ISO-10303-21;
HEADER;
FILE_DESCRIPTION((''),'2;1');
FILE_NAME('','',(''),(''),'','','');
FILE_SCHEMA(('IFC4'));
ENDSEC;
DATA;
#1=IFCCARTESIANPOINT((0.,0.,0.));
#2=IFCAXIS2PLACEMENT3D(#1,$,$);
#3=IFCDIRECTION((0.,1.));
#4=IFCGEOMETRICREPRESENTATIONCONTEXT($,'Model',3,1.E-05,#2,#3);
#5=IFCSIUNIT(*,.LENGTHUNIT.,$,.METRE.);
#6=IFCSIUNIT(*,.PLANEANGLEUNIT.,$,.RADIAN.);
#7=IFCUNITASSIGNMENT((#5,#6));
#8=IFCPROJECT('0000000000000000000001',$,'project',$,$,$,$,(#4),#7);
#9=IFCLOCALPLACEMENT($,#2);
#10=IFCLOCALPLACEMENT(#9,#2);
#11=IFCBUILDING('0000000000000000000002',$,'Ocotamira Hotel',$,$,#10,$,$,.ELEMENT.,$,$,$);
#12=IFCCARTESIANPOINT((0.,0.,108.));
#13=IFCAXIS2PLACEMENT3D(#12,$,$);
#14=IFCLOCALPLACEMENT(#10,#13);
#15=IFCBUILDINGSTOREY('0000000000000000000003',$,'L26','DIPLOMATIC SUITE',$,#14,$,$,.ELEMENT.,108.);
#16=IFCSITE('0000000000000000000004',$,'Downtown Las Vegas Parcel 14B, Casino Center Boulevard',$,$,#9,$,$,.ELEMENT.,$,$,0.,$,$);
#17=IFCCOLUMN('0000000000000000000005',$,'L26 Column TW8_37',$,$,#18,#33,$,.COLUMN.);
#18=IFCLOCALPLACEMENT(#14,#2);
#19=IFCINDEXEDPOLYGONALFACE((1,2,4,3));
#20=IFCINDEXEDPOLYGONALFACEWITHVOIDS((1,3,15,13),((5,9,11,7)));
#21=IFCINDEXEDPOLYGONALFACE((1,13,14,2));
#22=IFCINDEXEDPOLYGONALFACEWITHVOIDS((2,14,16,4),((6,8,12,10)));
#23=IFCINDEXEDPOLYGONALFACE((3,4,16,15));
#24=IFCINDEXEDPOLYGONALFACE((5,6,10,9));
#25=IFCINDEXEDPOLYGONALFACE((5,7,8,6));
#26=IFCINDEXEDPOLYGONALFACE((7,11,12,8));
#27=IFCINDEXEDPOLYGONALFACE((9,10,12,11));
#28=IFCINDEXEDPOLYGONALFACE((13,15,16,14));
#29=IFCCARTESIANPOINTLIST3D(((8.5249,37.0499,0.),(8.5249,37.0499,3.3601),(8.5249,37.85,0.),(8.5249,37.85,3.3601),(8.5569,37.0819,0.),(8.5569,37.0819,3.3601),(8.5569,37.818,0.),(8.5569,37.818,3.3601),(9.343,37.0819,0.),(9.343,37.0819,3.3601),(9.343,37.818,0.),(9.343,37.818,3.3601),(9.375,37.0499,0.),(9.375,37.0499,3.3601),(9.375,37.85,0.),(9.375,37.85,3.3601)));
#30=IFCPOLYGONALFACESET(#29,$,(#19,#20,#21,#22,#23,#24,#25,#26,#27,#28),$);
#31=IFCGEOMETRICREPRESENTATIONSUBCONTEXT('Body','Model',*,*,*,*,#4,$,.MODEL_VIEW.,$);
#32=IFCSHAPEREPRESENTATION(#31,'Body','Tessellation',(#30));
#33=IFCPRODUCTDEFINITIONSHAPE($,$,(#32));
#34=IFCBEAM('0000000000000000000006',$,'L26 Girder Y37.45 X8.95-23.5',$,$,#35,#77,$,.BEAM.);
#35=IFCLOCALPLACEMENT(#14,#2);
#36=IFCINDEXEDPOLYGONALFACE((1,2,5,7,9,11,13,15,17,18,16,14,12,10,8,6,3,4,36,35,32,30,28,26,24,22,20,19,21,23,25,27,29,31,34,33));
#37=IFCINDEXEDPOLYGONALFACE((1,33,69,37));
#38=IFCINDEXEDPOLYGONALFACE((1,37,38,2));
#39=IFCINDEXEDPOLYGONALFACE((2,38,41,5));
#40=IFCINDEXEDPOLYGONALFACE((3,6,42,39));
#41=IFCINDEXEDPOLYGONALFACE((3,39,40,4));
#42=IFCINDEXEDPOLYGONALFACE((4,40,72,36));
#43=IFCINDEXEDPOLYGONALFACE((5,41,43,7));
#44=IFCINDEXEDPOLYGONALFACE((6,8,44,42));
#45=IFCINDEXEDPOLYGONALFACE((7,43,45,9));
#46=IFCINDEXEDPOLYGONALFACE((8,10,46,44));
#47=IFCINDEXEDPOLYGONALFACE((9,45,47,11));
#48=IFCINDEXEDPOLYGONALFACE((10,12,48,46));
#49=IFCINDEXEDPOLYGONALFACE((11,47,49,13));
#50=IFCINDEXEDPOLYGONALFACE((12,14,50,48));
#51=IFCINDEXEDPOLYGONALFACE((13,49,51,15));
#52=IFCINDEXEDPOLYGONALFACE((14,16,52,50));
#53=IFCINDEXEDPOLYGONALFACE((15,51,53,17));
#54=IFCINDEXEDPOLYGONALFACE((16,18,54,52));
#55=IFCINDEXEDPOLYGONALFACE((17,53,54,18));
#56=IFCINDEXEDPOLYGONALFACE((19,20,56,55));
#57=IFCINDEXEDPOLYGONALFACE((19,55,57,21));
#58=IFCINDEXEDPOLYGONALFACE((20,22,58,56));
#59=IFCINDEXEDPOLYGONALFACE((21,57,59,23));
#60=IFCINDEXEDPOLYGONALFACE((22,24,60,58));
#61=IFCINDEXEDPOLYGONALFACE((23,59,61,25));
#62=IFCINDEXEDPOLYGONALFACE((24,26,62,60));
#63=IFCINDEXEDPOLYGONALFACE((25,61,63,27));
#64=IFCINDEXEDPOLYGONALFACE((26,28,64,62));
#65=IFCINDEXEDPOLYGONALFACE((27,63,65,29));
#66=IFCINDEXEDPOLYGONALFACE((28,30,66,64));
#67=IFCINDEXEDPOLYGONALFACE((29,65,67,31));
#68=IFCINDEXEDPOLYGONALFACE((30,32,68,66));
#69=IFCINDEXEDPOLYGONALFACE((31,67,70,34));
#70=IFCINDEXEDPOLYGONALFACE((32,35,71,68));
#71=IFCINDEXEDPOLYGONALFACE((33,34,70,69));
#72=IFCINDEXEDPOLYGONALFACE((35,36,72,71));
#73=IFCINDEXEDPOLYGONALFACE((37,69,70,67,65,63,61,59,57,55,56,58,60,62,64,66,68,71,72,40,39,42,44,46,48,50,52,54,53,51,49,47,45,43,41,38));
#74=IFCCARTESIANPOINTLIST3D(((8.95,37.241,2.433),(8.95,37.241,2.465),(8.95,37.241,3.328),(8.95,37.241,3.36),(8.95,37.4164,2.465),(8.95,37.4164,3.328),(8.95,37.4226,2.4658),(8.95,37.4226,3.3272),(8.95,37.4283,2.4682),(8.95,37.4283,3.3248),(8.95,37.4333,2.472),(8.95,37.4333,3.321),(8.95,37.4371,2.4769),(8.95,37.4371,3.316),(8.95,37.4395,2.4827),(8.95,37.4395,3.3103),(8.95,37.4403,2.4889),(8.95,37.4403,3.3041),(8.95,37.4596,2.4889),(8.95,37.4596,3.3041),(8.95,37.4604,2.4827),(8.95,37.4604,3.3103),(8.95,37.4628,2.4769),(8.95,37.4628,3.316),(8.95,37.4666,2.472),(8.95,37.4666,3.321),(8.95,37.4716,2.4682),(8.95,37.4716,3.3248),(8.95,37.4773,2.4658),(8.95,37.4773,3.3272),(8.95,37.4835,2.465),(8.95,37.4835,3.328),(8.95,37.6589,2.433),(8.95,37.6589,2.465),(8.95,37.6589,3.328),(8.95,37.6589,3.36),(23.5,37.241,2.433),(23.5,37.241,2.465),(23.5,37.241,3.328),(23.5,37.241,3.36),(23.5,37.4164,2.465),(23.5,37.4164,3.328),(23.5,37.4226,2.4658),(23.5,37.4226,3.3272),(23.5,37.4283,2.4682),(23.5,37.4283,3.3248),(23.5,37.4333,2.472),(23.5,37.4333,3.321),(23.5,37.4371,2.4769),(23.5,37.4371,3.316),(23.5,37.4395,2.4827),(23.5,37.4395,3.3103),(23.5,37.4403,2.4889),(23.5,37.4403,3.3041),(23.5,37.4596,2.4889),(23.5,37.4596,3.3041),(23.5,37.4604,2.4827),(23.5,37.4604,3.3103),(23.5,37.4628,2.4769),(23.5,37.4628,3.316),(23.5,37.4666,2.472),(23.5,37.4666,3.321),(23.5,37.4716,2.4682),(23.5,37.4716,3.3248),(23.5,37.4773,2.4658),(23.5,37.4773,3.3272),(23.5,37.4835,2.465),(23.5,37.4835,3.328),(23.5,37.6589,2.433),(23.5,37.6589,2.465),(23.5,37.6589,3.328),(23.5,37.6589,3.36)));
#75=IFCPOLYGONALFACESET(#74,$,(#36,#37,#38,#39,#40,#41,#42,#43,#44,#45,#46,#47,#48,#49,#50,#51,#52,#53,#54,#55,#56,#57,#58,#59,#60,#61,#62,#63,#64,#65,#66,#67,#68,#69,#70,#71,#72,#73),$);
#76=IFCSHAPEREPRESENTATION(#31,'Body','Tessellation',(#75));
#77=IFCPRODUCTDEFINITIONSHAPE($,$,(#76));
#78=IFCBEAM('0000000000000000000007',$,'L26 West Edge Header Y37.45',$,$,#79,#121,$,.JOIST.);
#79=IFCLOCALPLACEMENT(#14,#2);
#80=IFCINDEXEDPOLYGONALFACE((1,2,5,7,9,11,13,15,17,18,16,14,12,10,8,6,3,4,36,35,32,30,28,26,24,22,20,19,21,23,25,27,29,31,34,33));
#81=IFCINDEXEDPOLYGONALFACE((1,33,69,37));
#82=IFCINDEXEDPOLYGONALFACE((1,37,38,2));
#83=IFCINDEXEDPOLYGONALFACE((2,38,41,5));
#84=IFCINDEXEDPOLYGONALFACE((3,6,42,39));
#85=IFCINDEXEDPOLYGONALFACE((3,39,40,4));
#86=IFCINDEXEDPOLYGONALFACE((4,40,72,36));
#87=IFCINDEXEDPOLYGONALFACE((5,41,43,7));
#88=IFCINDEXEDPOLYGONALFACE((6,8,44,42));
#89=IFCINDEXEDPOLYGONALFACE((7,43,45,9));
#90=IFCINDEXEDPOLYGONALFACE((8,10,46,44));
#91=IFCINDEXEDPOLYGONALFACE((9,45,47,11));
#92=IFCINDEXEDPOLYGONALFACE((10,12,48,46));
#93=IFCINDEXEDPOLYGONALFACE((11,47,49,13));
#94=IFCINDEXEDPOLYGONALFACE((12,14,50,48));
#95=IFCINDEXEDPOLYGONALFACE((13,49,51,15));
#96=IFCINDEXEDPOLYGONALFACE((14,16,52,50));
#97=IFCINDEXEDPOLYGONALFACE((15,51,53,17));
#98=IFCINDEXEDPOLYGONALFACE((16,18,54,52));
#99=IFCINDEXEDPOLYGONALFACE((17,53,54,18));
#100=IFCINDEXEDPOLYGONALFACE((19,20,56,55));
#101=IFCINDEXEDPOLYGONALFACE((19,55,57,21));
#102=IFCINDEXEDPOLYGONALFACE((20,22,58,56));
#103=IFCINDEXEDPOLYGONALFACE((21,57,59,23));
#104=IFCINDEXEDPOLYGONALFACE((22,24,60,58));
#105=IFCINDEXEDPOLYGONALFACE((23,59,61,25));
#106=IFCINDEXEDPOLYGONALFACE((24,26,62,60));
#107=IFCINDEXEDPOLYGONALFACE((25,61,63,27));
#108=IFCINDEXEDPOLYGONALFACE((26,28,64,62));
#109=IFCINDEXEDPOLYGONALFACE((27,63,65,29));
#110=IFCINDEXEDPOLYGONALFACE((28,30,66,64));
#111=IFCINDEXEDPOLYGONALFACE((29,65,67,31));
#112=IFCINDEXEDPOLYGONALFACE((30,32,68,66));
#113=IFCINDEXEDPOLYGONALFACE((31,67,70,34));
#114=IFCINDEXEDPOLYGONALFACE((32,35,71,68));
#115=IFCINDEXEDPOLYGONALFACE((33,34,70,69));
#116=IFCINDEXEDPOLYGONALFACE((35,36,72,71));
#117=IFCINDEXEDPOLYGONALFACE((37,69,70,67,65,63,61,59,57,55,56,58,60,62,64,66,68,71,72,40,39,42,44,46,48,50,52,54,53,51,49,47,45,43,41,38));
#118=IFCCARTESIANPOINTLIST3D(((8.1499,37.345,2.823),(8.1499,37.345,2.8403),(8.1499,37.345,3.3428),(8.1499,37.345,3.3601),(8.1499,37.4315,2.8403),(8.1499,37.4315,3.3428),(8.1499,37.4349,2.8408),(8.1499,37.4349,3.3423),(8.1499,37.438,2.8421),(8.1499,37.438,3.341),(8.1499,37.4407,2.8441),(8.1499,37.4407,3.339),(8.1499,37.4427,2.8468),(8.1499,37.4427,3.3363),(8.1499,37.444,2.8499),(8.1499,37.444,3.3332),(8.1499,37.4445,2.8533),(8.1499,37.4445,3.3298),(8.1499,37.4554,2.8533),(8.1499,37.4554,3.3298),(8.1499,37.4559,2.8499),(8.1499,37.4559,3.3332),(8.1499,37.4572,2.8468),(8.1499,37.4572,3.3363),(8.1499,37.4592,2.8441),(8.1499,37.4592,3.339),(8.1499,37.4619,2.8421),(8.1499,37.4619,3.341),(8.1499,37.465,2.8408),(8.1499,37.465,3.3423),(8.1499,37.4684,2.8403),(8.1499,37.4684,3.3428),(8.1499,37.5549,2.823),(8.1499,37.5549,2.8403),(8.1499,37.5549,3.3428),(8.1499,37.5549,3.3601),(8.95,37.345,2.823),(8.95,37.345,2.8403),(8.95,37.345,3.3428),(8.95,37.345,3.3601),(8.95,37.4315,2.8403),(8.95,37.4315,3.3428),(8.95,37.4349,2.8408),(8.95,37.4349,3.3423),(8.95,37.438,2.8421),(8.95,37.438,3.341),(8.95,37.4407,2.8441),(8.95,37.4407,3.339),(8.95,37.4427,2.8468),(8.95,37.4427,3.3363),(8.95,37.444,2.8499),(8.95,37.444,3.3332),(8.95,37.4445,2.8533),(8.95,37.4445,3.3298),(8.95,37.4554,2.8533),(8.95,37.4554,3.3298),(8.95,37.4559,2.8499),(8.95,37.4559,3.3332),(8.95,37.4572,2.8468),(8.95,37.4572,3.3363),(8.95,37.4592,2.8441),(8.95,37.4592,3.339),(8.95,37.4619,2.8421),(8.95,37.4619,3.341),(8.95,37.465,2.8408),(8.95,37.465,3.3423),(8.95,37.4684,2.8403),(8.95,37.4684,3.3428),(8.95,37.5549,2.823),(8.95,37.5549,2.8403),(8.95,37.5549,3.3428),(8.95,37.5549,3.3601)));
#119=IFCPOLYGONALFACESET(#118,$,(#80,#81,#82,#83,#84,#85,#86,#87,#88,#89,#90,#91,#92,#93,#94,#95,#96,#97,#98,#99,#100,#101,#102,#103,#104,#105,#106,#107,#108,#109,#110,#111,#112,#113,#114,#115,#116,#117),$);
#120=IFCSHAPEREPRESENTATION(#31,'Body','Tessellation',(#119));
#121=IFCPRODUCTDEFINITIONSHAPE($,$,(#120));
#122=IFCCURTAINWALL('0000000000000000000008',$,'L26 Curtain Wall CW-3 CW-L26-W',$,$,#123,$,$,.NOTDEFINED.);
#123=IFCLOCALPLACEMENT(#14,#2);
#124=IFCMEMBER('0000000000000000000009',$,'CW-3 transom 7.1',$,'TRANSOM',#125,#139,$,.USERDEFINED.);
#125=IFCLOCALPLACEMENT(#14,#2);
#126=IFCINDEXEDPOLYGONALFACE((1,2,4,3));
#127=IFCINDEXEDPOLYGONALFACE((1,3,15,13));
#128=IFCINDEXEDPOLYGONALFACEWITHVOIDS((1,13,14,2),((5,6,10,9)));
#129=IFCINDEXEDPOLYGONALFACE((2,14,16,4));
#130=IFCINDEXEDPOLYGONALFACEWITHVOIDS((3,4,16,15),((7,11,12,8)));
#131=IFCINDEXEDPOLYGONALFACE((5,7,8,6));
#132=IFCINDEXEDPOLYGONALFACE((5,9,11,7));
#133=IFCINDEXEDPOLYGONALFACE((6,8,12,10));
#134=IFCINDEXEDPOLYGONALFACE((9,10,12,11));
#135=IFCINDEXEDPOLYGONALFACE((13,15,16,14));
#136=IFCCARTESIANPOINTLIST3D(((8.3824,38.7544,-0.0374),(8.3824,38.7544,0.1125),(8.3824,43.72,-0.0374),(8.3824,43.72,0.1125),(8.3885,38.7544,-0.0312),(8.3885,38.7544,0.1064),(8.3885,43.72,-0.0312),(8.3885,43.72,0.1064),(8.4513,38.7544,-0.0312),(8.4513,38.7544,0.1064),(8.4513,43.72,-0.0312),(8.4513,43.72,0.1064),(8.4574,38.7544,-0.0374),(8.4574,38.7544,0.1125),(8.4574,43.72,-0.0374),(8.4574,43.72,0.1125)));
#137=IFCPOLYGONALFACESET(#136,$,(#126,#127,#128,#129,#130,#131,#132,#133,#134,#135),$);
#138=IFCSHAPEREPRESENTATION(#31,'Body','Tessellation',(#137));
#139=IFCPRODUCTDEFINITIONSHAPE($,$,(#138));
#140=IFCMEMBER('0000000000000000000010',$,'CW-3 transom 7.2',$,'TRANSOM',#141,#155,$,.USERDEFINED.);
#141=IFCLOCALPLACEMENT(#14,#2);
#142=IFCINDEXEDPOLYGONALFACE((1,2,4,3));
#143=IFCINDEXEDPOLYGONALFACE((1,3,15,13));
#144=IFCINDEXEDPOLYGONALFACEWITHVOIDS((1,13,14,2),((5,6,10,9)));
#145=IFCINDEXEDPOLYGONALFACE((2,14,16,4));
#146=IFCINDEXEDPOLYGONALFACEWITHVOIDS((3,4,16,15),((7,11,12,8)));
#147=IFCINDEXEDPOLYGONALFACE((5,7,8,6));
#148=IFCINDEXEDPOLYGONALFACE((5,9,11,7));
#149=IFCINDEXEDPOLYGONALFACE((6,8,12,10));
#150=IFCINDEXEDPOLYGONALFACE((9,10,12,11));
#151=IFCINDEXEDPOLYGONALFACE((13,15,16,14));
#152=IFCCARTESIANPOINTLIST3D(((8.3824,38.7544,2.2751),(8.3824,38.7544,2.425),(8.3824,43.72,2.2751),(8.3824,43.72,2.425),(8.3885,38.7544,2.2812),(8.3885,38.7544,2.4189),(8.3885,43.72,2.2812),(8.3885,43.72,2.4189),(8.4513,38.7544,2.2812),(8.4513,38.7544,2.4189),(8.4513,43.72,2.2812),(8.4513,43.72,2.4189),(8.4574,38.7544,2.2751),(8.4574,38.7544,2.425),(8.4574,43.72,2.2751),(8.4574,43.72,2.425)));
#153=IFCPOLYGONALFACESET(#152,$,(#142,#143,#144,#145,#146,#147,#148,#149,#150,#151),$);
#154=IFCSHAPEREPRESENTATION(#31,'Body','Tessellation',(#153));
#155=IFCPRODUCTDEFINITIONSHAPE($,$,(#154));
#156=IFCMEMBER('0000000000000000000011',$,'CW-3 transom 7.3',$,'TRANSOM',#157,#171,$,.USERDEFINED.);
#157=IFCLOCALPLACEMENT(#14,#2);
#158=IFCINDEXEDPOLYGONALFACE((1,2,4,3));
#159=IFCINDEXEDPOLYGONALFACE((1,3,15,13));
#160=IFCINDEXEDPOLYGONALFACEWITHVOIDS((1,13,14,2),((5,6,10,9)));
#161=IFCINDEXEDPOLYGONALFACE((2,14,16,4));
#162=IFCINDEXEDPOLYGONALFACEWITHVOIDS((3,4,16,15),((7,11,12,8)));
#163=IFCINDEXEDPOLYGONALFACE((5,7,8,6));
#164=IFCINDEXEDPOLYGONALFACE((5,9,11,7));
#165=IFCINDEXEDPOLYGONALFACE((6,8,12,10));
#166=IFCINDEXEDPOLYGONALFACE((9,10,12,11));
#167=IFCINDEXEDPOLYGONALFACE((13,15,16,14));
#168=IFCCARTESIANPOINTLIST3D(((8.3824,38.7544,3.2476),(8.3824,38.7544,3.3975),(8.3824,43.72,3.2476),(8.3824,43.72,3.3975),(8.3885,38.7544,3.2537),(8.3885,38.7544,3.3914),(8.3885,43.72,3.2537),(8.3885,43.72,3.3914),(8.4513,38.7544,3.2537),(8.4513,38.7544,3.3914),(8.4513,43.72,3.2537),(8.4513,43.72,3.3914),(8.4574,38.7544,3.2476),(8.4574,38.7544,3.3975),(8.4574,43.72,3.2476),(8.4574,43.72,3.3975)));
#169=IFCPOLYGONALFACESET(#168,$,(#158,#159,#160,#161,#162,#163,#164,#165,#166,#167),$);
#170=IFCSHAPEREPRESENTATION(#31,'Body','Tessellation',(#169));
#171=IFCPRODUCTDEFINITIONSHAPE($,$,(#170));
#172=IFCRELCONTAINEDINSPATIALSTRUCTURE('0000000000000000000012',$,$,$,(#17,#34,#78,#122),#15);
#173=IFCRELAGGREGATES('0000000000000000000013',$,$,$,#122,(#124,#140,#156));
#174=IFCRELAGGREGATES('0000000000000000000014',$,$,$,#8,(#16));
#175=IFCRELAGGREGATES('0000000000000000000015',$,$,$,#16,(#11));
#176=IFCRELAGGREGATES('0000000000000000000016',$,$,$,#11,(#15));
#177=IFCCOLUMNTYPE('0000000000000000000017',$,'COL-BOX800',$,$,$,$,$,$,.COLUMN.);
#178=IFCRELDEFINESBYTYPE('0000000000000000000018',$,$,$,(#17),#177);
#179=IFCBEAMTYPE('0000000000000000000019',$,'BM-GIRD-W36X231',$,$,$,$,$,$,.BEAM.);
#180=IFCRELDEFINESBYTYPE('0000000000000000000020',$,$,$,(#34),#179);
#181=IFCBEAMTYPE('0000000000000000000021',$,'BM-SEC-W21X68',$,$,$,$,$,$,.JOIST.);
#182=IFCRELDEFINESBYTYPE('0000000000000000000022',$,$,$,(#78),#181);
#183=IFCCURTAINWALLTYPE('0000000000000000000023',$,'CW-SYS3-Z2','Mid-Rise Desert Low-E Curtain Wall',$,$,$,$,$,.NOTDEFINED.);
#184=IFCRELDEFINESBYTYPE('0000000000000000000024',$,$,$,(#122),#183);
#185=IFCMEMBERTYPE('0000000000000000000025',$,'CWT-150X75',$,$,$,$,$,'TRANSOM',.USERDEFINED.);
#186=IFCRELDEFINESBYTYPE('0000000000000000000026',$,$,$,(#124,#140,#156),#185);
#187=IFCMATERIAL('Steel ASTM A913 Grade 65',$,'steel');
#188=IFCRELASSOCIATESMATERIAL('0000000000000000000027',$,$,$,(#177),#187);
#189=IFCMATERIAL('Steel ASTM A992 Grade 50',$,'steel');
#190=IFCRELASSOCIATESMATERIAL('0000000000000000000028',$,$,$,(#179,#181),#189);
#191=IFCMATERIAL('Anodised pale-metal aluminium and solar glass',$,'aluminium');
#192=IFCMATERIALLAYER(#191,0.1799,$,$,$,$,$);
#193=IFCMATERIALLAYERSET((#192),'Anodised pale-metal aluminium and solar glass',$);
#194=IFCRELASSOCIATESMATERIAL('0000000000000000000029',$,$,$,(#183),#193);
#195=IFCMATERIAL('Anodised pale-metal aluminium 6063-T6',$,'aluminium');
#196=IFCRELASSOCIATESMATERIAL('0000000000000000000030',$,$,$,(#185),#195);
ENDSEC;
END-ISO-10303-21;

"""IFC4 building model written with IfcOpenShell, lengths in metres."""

from ifc_helpers import new_model, si_unit, direction, frame, origin, origin_2d, place, context, subcontext, project, spatial, hollow_rectangle, i_section, extrude, source, transform, mapped, material, layer, layer_set, material_profile, profile_set, type_object, element, aggregate, save


model = new_model("IFC4")

# Units and contexts
model_context = context("Model", 3, precision=1e-05, world=origin(), true_north=direction((0.0, 1.0)))
body_context = subcontext(model_context, "Body", "Model", "MODEL_VIEW")
ifc_project = project(units=[si_unit("LENGTHUNIT", "METRE"), si_unit("PLANEANGLEUNIT", "RADIAN")], contexts=[model_context])

# Site, building, storey
site_placement = place(None, origin())
site = spatial("IfcSite", under=ifc_project, at=site_placement, Name="Downtown Las Vegas Parcel 14B, Casino Center Boulevard", CompositionType="ELEMENT", RefElevation=0.0)
building_placement = place(site_placement, origin())
building = spatial("IfcBuilding", under=site, at=building_placement, Name="Ocotamira Hotel", CompositionType="ELEMENT")
storey_placement = place(building_placement, frame((0.0, 0.0, 108.0)))
storey = spatial("IfcBuildingStorey", under=building, at=storey_placement, Name="L26", Description="DIPLOMATIC SUITE", CompositionType="ELEMENT", Elevation=108.0)

# Column
ifc_material_1 = material(Name="Steel ASTM A913 Grade 65", Category="steel")
ifc_material_profile_1 = material_profile(ifc_material_1, hollow_rectangle(XDim=0.8501, YDim=0.8, WallThickness=0.032, at=origin_2d()), Name="BOX800X850X32")
ifc_profile_set_1 = profile_set([ifc_material_profile_1], Name="Steel ASTM A913 Grade 65")
column_type = type_object("IfcColumnType", Name="COL-BOX800", PredefinedType="COLUMN", material=ifc_profile_set_1)
shared_shape_1 = source(origin(), body_context, "Body", "SweptSolid", [
    extrude(hollow_rectangle(XDim=0.8501, YDim=0.8, WallThickness=0.032, at=origin_2d()), origin(), (0.0, 0.0, 1.0), 3.3601),
])
column_placement = place(storey_placement, frame((8.95, 37.45, 0.0), z_axis=(0.0, 0.0, 1.0), x_axis=(1.0, 0.0, 0.0)))
element("IfcColumn", 1, at=column_placement, inside=storey, type_object=column_type, Name="L26 Column TW8_37", PredefinedType="COLUMN", context=body_context, shape_type="MappedRepresentation", body=[
    mapped(shared_shape_1, transform((0.0, 0.0, 0.0), scale=1.0)),
])

# Beams
ifc_material_2 = material(Name="Steel ASTM A992 Grade 50", Category="steel")
ifc_material_profile_2 = material_profile(ifc_material_2, i_section(OverallWidth=0.418, OverallDepth=0.927, WebThickness=0.0193, FlangeThickness=0.032, FilletRadius=0.0239, at=origin_2d()), Name="W36X231")
ifc_profile_set_2 = profile_set([ifc_material_profile_2], Name="Steel ASTM A992 Grade 50")
beam_type_1 = type_object("IfcBeamType", Name="BM-GIRD-W36X231", PredefinedType="BEAM", material=ifc_profile_set_2)
shared_shape_2 = source(origin(), body_context, "Body", "SweptSolid", [
    extrude(i_section(OverallWidth=0.418, OverallDepth=0.927, WebThickness=0.0193, FlangeThickness=0.032, FilletRadius=0.0239, at=origin_2d()), origin(), (0.0, 0.0, 1.0), 14.55),
])
beam_1_placement = place(storey_placement, frame((8.95, 37.45, 2.8965), z_axis=(1.0, 0.0, 0.0), x_axis=(0.0, 1.0, 0.0)))
element("IfcBeam", 2, at=beam_1_placement, inside=storey, type_object=beam_type_1, Name="L26 Girder Y37.45 X8.95-23.5", PredefinedType="BEAM", context=body_context, shape_type="MappedRepresentation", body=[
    mapped(shared_shape_2, transform((0.0, 0.0, 0.0), scale=1.0)),
])
ifc_material_profile_3 = material_profile(ifc_material_2, i_section(OverallWidth=0.21, OverallDepth=0.5371, WebThickness=0.011, FlangeThickness=0.0173, FilletRadius=0.0129, at=origin_2d()), Name="W21X68")
ifc_profile_set_3 = profile_set([ifc_material_profile_3], Name="Steel ASTM A992 Grade 50")
beam_type_2 = type_object("IfcBeamType", Name="BM-SEC-W21X68", PredefinedType="JOIST", material=ifc_profile_set_3)
shared_shape_3 = source(origin(), body_context, "Body", "SweptSolid", [
    extrude(i_section(OverallWidth=0.21, OverallDepth=0.5371, WebThickness=0.011, FlangeThickness=0.0173, FilletRadius=0.0129, at=origin_2d()), origin(), (0.0, 0.0, 1.0), 0.8),
])
beam_2_placement = place(storey_placement, frame((8.95, 37.45, 3.0916), z_axis=(-1.0, 0.0, 0.0), x_axis=(0.0, -1.0, 0.0)))
element("IfcBeam", 3, at=beam_2_placement, inside=storey, type_object=beam_type_2, Name="L26 West Edge Header Y37.45", PredefinedType="JOIST", context=body_context, shape_type="MappedRepresentation", body=[
    mapped(shared_shape_3, transform((0.0, 0.0, 0.0), scale=1.0)),
])

# Curtain wall, members
ifc_material_3 = material(Name="Anodised pale-metal aluminium and solar glass", Category="aluminium")
ifc_layer_1 = layer(ifc_material_3, 0.1799)
ifc_layer_set_1 = layer_set([ifc_layer_1], Name="Anodised pale-metal aluminium and solar glass")
curtain_wall_type = type_object("IfcCurtainWallType", Name="CW-SYS3-Z2", Description="Mid-Rise Desert Low-E Curtain Wall", PredefinedType="NOTDEFINED", material=ifc_layer_set_1)
curtain_wall_placement = place(storey_placement, origin())
curtain_wall = element("IfcCurtainWall", 4, at=curtain_wall_placement, inside=storey, type_object=curtain_wall_type, Name="L26 Curtain Wall CW-3 CW-L26-W", PredefinedType="NOTDEFINED")
ifc_material_4 = material(Name="Anodised pale-metal aluminium 6063-T6", Category="aluminium")
ifc_material_profile_4 = material_profile(ifc_material_4, hollow_rectangle(XDim=0.075, YDim=0.1499, WallThickness=0.0061, at=origin_2d()), Name="HSS150X75X6")
ifc_profile_set_4 = profile_set([ifc_material_profile_4], Name="Anodised pale-metal aluminium 6063-T6")
member_type_1 = type_object("IfcMemberType", Name="CWT-150X75", ElementType="TRANSOM", PredefinedType="USERDEFINED", material=ifc_profile_set_4)
shared_shape_4 = source(origin(), body_context, "Body", "SweptSolid", [
    extrude(hollow_rectangle(XDim=0.075, YDim=0.1499, WallThickness=0.0061, at=origin_2d()), origin(), (0.0, 0.0, 1.0), 4.9656),
])
member_1_placement = place(storey_placement, frame((8.4199, 38.7544, 0.0376), z_axis=(0.0, 1.0, 0.0), x_axis=(-1.0, 0.0, 0.0)))
member_1 = element("IfcMember", 5, at=member_1_placement, type_object=member_type_1, Name="CW-3 transom 7.1", ObjectType="TRANSOM", PredefinedType="USERDEFINED", context=body_context, shape_type="MappedRepresentation", body=[
    mapped(shared_shape_4, transform((0.0, 0.0, 0.0), scale=1.0)),
])
member_2_placement = place(storey_placement, frame((8.4199, 38.7544, 2.3501), z_axis=(0.0, 1.0, 0.0), x_axis=(-1.0, 0.0, 0.0)))
member_2 = element("IfcMember", 6, at=member_2_placement, type_object=member_type_1, Name="CW-3 transom 7.2", ObjectType="TRANSOM", PredefinedType="USERDEFINED", context=body_context, shape_type="MappedRepresentation", body=[
    mapped(shared_shape_4, transform((0.0, 0.0, 0.0), scale=1.0)),
])
member_3_placement = place(storey_placement, frame((8.4199, 38.7544, 3.3225), z_axis=(0.0, 1.0, 0.0), x_axis=(-1.0, 0.0, 0.0)))
member_3 = element("IfcMember", 7, at=member_3_placement, type_object=member_type_1, Name="CW-3 transom 7.3", ObjectType="TRANSOM", PredefinedType="USERDEFINED", context=body_context, shape_type="MappedRepresentation", body=[
    mapped(shared_shape_4, transform((0.0, 0.0, 0.0), scale=1.0)),
])
aggregate(curtain_wall, [member_1, member_2, member_3])

save(model, "model.ifc")
